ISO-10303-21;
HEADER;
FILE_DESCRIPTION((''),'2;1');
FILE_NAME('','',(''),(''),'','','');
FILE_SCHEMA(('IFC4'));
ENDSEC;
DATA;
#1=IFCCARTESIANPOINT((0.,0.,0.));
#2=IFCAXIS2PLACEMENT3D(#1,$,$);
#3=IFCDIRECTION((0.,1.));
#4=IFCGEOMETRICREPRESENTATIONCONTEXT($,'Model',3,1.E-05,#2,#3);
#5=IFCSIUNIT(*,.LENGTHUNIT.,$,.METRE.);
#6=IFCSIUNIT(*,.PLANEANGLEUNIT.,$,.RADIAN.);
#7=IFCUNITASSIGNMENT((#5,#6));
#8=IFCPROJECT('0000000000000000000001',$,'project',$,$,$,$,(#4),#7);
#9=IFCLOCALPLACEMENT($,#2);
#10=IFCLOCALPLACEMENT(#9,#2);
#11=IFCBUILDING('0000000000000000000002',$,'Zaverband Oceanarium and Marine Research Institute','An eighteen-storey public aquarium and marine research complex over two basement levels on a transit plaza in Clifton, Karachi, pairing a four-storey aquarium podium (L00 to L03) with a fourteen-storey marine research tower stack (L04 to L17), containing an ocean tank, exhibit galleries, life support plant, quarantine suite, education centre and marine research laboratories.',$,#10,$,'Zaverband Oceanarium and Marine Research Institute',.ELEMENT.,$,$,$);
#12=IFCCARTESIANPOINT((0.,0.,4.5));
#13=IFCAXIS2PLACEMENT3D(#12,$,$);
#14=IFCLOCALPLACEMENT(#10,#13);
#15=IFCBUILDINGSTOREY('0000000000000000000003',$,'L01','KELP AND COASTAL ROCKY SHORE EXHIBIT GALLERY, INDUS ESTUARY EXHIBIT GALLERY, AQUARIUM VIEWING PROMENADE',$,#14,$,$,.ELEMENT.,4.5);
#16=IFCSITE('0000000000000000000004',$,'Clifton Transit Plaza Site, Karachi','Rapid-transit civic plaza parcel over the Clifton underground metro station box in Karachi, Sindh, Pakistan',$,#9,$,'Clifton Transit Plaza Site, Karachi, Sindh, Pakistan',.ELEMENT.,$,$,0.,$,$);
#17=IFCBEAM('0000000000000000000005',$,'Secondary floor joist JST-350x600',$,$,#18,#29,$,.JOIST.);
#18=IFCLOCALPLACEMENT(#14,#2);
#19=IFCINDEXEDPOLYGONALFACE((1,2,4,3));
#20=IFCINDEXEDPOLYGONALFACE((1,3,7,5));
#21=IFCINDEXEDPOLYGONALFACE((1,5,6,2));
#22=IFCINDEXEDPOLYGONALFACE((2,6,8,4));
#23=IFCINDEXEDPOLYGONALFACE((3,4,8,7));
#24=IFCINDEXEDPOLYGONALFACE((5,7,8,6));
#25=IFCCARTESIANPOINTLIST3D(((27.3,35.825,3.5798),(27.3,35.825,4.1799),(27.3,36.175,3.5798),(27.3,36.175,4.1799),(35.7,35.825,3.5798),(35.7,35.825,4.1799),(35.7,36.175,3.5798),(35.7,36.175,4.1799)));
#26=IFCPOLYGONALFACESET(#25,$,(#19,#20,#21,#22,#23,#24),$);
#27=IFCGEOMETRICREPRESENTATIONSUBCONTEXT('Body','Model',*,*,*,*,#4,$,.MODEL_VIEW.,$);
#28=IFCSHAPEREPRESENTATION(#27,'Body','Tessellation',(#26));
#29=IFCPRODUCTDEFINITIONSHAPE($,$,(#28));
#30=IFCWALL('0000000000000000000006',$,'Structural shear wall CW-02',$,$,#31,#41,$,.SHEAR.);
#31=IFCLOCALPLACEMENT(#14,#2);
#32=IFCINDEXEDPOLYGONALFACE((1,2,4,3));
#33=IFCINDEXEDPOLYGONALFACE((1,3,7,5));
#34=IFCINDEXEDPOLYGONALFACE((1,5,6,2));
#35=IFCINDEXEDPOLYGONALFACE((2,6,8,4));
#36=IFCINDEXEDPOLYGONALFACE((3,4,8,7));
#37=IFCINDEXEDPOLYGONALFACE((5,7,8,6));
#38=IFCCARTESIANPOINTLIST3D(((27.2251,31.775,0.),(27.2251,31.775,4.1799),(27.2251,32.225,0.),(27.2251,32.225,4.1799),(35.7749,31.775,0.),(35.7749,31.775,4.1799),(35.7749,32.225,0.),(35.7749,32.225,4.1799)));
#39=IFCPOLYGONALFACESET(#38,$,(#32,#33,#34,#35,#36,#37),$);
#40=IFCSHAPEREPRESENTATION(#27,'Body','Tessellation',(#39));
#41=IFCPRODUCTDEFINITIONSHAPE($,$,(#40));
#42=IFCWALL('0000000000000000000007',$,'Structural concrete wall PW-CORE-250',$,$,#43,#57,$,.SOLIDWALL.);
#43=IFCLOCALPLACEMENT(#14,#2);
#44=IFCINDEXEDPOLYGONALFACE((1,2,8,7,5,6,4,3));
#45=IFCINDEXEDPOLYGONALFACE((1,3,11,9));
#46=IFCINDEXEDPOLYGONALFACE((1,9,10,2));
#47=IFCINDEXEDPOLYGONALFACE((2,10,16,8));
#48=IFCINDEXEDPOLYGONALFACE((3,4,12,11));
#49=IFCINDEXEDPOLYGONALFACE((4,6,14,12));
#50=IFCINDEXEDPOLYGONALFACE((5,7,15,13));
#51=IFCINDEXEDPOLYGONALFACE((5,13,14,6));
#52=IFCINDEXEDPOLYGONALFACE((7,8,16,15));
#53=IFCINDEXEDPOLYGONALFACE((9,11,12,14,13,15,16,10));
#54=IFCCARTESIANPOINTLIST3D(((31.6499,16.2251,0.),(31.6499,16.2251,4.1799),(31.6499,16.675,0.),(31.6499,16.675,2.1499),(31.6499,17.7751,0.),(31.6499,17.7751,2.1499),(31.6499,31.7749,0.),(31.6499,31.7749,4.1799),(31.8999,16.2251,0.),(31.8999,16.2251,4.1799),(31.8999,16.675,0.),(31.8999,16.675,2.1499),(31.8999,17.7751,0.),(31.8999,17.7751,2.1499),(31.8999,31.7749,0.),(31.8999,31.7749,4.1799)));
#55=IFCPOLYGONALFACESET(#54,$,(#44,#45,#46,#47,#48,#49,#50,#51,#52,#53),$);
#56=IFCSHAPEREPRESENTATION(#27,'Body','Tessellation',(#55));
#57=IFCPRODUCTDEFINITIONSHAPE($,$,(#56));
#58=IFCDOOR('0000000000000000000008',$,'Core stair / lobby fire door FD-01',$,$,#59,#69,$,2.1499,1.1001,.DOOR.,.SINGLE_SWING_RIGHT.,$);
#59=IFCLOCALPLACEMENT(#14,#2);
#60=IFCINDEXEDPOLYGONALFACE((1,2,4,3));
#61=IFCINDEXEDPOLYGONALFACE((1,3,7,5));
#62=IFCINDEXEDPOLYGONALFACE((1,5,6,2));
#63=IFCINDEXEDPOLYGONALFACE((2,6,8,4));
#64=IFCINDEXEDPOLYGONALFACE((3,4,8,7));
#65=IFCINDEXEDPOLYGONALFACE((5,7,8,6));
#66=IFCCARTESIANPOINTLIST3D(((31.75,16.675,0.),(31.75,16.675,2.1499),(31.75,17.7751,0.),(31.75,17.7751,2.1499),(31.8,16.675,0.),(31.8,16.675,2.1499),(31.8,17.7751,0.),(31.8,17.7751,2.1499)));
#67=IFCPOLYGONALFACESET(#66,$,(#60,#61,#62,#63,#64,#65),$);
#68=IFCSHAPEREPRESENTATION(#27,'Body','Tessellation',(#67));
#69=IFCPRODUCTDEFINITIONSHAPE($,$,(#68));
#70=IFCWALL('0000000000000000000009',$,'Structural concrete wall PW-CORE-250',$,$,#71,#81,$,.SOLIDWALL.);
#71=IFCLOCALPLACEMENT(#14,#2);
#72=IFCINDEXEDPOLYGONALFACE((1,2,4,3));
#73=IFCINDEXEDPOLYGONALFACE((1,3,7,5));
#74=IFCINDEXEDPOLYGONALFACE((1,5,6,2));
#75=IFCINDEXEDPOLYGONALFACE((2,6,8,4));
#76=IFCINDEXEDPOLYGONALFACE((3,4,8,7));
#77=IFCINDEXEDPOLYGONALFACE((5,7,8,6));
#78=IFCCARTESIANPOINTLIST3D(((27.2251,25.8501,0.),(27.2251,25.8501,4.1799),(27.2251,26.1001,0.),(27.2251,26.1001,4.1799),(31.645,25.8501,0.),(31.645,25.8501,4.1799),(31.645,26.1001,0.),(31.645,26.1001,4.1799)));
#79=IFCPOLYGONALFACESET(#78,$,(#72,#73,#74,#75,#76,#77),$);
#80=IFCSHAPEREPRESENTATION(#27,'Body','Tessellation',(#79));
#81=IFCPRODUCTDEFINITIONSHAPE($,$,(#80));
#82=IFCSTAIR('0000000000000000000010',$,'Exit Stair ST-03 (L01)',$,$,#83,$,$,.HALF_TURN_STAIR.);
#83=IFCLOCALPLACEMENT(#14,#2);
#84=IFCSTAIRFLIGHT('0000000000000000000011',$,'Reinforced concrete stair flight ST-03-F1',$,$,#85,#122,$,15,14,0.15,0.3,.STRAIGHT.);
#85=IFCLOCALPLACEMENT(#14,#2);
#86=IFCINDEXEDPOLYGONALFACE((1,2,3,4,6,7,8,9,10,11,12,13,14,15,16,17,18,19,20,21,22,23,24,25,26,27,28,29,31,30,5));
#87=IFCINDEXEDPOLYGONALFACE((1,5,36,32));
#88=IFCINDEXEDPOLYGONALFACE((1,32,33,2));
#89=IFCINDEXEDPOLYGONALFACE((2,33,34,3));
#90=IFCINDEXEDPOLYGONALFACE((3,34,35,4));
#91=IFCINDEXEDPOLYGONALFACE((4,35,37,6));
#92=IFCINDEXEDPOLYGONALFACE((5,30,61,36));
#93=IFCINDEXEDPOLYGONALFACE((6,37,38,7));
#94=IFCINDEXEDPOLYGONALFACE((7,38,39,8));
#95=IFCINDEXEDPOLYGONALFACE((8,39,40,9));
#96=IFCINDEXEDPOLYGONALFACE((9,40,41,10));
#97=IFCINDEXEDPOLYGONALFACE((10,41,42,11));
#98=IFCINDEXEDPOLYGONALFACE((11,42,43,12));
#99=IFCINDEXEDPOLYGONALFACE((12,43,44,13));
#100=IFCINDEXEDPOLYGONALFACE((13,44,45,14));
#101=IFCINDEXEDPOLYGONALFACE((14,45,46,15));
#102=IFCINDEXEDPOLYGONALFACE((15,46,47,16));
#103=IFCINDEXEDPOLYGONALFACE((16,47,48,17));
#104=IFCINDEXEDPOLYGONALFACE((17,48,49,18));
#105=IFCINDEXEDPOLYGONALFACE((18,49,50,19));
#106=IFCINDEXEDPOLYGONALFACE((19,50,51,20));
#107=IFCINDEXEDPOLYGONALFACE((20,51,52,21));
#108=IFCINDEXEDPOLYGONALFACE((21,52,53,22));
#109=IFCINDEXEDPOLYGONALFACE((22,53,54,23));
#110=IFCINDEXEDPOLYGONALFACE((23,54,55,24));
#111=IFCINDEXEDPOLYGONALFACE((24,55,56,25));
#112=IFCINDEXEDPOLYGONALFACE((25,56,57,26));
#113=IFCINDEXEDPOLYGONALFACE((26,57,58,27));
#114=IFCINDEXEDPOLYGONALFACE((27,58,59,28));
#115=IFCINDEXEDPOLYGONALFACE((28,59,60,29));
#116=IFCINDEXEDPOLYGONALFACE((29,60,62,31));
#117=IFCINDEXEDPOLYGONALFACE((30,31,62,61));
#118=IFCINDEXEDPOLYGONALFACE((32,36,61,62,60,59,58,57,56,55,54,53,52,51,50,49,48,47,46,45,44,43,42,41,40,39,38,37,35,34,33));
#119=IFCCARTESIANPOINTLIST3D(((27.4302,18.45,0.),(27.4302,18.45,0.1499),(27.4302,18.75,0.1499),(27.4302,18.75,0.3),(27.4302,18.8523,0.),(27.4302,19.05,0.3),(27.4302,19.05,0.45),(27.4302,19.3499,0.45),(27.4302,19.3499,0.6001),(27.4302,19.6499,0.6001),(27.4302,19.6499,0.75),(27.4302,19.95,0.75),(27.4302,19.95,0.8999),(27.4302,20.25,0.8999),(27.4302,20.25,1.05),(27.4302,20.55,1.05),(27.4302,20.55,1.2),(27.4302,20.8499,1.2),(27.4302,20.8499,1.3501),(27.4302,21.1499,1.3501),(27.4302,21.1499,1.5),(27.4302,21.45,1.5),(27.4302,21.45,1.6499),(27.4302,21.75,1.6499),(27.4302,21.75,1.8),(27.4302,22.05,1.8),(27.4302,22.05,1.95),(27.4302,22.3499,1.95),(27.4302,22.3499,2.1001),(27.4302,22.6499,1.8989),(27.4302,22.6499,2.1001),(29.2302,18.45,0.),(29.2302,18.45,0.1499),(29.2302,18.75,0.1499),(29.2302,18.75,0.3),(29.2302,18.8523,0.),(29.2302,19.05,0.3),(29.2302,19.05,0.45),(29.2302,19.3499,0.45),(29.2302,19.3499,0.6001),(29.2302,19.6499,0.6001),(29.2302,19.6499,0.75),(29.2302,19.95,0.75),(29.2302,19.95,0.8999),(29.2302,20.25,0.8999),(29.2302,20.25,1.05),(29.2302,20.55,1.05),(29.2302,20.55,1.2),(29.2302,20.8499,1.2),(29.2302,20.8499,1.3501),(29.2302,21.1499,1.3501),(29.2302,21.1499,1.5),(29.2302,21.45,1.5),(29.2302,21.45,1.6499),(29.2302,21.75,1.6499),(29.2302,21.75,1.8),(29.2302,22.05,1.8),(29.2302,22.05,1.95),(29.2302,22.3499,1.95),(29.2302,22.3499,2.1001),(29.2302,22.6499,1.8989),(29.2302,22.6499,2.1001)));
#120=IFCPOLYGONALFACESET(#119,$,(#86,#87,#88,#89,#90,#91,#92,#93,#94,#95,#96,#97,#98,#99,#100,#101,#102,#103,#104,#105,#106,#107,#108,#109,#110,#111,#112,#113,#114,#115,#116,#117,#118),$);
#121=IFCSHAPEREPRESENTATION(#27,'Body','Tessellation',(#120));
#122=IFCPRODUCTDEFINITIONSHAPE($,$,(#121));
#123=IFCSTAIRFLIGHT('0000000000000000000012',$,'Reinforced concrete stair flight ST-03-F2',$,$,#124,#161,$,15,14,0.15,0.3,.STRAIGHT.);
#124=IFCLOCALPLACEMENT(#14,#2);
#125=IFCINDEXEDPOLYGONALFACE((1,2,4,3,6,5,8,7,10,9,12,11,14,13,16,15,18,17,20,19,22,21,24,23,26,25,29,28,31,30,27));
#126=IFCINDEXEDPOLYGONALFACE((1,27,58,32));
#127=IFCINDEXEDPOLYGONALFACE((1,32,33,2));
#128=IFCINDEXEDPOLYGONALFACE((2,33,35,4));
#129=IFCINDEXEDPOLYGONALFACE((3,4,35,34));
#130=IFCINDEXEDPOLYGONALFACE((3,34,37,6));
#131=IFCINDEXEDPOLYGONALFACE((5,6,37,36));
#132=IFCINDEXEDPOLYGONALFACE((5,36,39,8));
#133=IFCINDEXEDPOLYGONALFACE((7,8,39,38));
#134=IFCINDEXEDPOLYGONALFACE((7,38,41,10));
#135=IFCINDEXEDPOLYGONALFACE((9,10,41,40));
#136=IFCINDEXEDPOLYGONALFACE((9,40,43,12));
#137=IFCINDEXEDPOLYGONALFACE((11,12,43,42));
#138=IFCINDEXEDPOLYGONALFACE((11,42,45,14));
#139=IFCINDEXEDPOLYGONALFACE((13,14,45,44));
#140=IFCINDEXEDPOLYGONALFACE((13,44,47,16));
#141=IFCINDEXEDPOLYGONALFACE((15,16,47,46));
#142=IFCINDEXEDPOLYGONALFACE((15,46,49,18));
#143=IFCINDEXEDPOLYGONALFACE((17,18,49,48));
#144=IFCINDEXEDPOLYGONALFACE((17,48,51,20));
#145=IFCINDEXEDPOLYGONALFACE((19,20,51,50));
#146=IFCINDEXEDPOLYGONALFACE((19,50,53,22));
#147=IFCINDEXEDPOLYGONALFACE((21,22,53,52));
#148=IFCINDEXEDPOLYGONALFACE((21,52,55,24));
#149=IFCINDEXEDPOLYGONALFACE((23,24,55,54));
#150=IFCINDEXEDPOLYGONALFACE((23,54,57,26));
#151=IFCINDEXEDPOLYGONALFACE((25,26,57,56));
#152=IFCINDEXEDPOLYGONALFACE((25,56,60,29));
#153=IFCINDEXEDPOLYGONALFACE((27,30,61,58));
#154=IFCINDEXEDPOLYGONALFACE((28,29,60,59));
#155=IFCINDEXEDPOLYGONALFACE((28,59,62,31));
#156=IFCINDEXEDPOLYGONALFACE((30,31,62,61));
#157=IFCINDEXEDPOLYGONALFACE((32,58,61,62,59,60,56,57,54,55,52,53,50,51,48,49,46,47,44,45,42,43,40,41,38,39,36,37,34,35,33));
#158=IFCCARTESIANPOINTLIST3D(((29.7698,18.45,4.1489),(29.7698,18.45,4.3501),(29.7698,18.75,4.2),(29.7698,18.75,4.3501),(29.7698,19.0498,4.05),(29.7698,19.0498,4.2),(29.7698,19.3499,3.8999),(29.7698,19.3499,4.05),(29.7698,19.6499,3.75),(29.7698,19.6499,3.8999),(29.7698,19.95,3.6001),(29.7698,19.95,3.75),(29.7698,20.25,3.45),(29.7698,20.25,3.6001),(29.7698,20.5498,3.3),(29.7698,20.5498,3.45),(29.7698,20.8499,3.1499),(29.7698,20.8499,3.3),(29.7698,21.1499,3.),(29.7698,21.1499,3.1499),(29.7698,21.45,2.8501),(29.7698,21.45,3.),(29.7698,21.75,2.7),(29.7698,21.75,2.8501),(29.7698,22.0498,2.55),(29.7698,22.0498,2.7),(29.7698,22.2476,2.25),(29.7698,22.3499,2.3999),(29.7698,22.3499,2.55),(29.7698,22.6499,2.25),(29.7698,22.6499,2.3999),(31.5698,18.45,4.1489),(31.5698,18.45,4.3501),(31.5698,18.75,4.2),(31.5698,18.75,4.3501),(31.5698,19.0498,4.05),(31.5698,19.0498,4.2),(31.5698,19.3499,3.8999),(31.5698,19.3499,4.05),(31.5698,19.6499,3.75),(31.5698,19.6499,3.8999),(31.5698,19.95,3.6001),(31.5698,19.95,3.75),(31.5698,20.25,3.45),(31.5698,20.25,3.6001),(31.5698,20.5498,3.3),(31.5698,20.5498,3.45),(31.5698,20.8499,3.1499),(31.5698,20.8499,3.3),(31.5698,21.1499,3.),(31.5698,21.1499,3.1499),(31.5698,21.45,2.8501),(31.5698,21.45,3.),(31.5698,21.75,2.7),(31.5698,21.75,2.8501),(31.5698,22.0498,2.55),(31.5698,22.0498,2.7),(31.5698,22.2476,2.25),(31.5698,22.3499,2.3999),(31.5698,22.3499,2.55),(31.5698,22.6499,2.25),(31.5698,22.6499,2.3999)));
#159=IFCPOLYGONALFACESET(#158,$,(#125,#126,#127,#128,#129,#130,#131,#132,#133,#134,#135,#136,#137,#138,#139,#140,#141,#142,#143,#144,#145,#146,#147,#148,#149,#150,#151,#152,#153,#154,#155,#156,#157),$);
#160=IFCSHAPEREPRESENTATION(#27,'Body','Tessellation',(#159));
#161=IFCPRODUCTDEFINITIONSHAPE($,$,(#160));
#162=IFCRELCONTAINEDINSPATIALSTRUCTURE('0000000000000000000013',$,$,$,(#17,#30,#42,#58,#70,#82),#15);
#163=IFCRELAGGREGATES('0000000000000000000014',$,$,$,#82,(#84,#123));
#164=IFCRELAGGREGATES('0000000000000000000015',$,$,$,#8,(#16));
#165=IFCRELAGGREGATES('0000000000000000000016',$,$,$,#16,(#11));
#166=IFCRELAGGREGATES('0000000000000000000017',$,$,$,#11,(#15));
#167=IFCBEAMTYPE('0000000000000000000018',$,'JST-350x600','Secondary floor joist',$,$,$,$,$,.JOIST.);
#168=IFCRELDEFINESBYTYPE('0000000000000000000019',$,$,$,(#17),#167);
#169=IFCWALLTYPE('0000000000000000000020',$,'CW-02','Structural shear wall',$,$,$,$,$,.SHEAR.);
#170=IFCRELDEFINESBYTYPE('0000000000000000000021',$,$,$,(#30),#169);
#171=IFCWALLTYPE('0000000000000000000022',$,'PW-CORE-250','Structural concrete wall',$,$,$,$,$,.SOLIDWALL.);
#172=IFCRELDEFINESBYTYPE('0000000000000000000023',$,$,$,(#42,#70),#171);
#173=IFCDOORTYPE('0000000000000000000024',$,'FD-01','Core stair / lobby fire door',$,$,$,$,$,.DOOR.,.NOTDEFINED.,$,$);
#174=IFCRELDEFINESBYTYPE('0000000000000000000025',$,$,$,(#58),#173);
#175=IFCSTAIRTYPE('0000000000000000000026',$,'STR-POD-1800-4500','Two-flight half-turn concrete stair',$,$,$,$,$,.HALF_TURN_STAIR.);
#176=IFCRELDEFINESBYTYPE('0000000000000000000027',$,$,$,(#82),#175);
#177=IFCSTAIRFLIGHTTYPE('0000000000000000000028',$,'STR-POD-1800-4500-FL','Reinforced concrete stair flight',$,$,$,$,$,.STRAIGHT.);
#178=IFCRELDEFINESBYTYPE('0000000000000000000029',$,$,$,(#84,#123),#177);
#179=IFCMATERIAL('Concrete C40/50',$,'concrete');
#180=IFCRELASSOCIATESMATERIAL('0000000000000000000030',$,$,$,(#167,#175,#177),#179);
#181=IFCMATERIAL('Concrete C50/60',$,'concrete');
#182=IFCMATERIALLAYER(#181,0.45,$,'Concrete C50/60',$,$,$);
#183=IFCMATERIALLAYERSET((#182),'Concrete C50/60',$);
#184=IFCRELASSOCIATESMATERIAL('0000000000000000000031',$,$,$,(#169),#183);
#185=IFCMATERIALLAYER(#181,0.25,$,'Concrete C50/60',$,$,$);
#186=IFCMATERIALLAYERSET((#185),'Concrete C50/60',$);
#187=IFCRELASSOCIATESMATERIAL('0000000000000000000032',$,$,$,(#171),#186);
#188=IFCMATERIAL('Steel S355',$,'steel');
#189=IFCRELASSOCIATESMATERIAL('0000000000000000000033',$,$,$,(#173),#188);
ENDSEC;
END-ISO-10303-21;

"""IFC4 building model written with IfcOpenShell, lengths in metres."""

from ifc_helpers import new_model, si_unit, direction, frame, frame_2d, origin, origin_2d, place, context, subcontext, project, spatial, polyline, rectangle, outline, extrude, material, layer, layer_set, material_profile, profile_set, type_object, element, fill, aggregate, save


model = new_model("IFC4")

# Units and contexts
model_context = context("Model", 3, precision=1e-05, world=origin(), true_north=direction((0.0, 1.0)))
body_context = subcontext(model_context, "Body", "Model", "MODEL_VIEW")
ifc_project = project(units=[si_unit("LENGTHUNIT", "METRE"), si_unit("PLANEANGLEUNIT", "RADIAN")], contexts=[model_context])

# Site, building, storey
site_placement = place(None, origin())
site = spatial("IfcSite", under=ifc_project, at=site_placement, Name="Clifton Transit Plaza Site, Karachi", Description="Rapid-transit civic plaza parcel over the Clifton underground metro station box in Karachi, Sindh, Pakistan", LongName="Clifton Transit Plaza Site, Karachi, Sindh, Pakistan", CompositionType="ELEMENT", RefElevation=0.0)
building_placement = place(site_placement, origin())
building = spatial("IfcBuilding", under=site, at=building_placement, Name="Zaverband Oceanarium and Marine Research Institute", Description="An eighteen-storey public aquarium and marine research complex over two basement levels on a transit plaza in Clifton, Karachi, pairing a four-storey aquarium podium (L00 to L03) with a fourteen-storey marine research tower stack (L04 to L17), containing an ocean tank, exhibit galleries, life support plant, quarantine suite, education centre and marine research laboratories.", LongName="Zaverband Oceanarium and Marine Research Institute", CompositionType="ELEMENT")
storey_placement = place(building_placement, frame((0.0, 0.0, 4.5)))
storey = spatial("IfcBuildingStorey", under=building, at=storey_placement, Name="L01", Description="KELP AND COASTAL ROCKY SHORE EXHIBIT GALLERY, INDUS ESTUARY EXHIBIT GALLERY, AQUARIUM VIEWING PROMENADE", CompositionType="ELEMENT", Elevation=4.5)

# Shared definitions
ifc_material_1 = material(Name="Concrete C50/60", Category="concrete")

# Beam
ifc_material_2 = material(Name="Concrete C40/50", Category="concrete")
ifc_material_profile_1 = material_profile(ifc_material_2, rectangle(XDim=0.3501, YDim=0.6001, at=origin_2d()), Name="RC350x600")
ifc_profile_set_1 = profile_set([ifc_material_profile_1], Name="Concrete C40/50")
beam_type_1 = type_object("IfcBeamType", Name="JST-350x600", Description="Secondary floor joist", PredefinedType="JOIST", material=ifc_profile_set_1)
for number, where, z_axis, x_axis, name in (
    (1, (27.3, 36.0, 3.8799), (1.0, 0.0, 0.0), (0.0, 1.0, 0.0), "Secondary floor joist JST-350x600"),
):
    element("IfcBeam", number, at=place(storey_placement, frame(where, z_axis=z_axis, x_axis=x_axis)), inside=storey, type_object=beam_type_1, Name=name, PredefinedType="JOIST", context=body_context, shape_type="SweptSolid", body=[
        extrude(rectangle(XDim=0.3501, YDim=0.6001, at=origin_2d()), origin(), (0.0, 0.0, 1.0), 8.3999),
    ])

# Wall
ifc_layer_1 = layer(ifc_material_1, 0.45, Name="Concrete C50/60")
ifc_layer_set_1 = layer_set([ifc_layer_1], Name="Concrete C50/60")
wall_type_1 = type_object("IfcWallType", Name="CW-02", Description="Structural shear wall", PredefinedType="SHEAR", material=ifc_layer_set_1)
wall_1_placement = place(storey_placement, frame((27.2251, 32.0, 0.0), z_axis=(0.0, 0.0, 1.0), x_axis=(1.0, 0.0, 0.0)))
element("IfcWall", 2, at=wall_1_placement, inside=storey, type_object=wall_type_1, Name="Structural shear wall CW-02", PredefinedType="SHEAR", context=body_context, shape_type="SweptSolid", body=[
    extrude(rectangle(XDim=8.5498, YDim=0.45, at=frame_2d((4.2749, 0.0))), origin(), (0.0, 0.0, 1.0), 4.1799),
])

# Wall, opening, door
ifc_layer_2 = layer(ifc_material_1, 0.25, Name="Concrete C50/60")
ifc_layer_set_2 = layer_set([ifc_layer_2], Name="Concrete C50/60")
wall_type_2 = type_object("IfcWallType", Name="PW-CORE-250", Description="Structural concrete wall", PredefinedType="SOLIDWALL", material=ifc_layer_set_2)
wall_2_placement = place(storey_placement, frame((31.7749, 16.2251, 0.0), z_axis=(0.0, 0.0, 1.0), x_axis=(0.0, 1.0, 0.0)))
wall_2 = element("IfcWall", 3, at=wall_2_placement, inside=storey, type_object=wall_type_2, Name="Structural concrete wall PW-CORE-250", PredefinedType="SOLIDWALL", context=body_context, shape_type="SweptSolid", body=[
    extrude(rectangle(XDim=15.5498, YDim=0.25, at=frame_2d((7.7749, 0.0))), origin(), (0.0, 0.0, 1.0), 4.1799),
])
opening_1_placement = place(wall_2_placement, frame((0.45, 0.0, 0.0)))
opening_1 = element("IfcOpeningElement", 4, at=opening_1_placement, cuts=wall_2, PredefinedType="OPENING", context=body_context, shape_type="SweptSolid", body=[
    extrude(rectangle(XDim=1.1001, YDim=2.1499, at=frame_2d((0.55, 1.075))), frame((0.0, 0.137, 0.0), z_axis=(0.0, -1.0, 0.0), x_axis=(1.0, 0.0, 0.0)), (0.0, 0.0, 1.0), 0.2739),
])
ifc_material_3 = material(Name="Steel S355", Category="steel")
door_type_1 = type_object("IfcDoorType", Name="FD-01", Description="Core stair / lobby fire door", OperationType="NOTDEFINED", PredefinedType="DOOR", material=ifc_material_3)
door_1_placement = place(opening_1_placement, origin())
door_1 = element("IfcDoor", 5, at=door_1_placement, inside=storey, type_object=door_type_1, Name="Core stair / lobby fire door FD-01", OperationType="SINGLE_SWING_RIGHT", OverallHeight=2.1499, OverallWidth=1.1001, PredefinedType="DOOR", context=body_context, shape_type="SweptSolid", body=[
    extrude(rectangle(XDim=1.1001, YDim=2.1499, at=frame_2d((0.55, 1.075))), frame((0.0, 0.0249, 0.0), z_axis=(0.0, -1.0, 0.0), x_axis=(1.0, 0.0, 0.0)), (0.0, 0.0, 1.0), 0.05),
])
fill(opening_1, door_1)

# Wall
wall_3_placement = place(storey_placement, frame((27.2251, 25.9751, 0.0), z_axis=(0.0, 0.0, 1.0), x_axis=(1.0, 0.0, 0.0)))
element("IfcWall", 6, at=wall_3_placement, inside=storey, type_object=wall_type_2, Name="Structural concrete wall PW-CORE-250", PredefinedType="SOLIDWALL", context=body_context, shape_type="SweptSolid", body=[
    extrude(rectangle(XDim=4.4199, YDim=0.25, at=frame_2d((2.21, 0.0))), origin(), (0.0, 0.0, 1.0), 4.1799),
])

# Stair, stair flights
stair_type = type_object("IfcStairType", Name="STR-POD-1800-4500", Description="Two-flight half-turn concrete stair", PredefinedType="HALF_TURN_STAIR", material=ifc_material_2)
stair_placement = place(storey_placement, origin())
stair = element("IfcStair", 7, at=stair_placement, inside=storey, type_object=stair_type, Name="Exit Stair ST-03 (L01)", PredefinedType="HALF_TURN_STAIR")
stair_flight_type = type_object("IfcStairFlightType", Name="STR-POD-1800-4500-FL", Description="Reinforced concrete stair flight", PredefinedType="STRAIGHT", material=ifc_material_2)
stair_flight_1_placement = place(storey_placement, frame((28.3301, 18.45, 0.0), z_axis=(0.0, 0.0, 1.0), x_axis=(0.0, 1.0, 0.0)))
stair_flight_1 = element("IfcStairFlight", 8, at=stair_flight_1_placement, type_object=stair_flight_type, Name="Reinforced concrete stair flight ST-03-F1", NumberOfRisers=15, NumberOfTreads=14, PredefinedType="STRAIGHT", RiserHeight=0.15, TreadLength=0.3, context=body_context, shape_type="SweptSolid", body=[
    extrude(outline(polyline([(0.0, 0.0), (0.0, 0.1499), (0.3, 0.1499), (0.3, 0.3), (0.6001, 0.3), (0.6001, 0.45), (0.8999, 0.45), (0.8999, 0.6001), (1.2, 0.6001), (1.2, 0.75), (1.5, 0.75), (1.5, 0.8999), (1.8, 0.8999), (1.8, 1.05), (2.1001, 1.05), (2.1001, 1.2), (2.3999, 1.2), (2.3999, 1.3501), (2.7, 1.3501), (2.7, 1.5), (3.0, 1.5), (3.0, 1.6499), (3.3, 1.6499), (3.3, 1.8), (3.6001, 1.8), (3.6001, 1.95), (3.8999, 1.95), (3.8999, 2.1001), (4.2, 2.1001), (4.2, 2.25), (4.2, 1.8989), (0.4023, 0.0), (0.0, 0.0)])), frame((0.0, 0.8999, 0.0), z_axis=(0.0, -1.0, 0.0), x_axis=(1.0, 0.0, 0.0)), (0.0, 0.0, 1.0), 1.8),
])
stair_flight_2_placement = place(storey_placement, frame((30.6699, 22.6499, 2.25), z_axis=(0.0, 0.0, 1.0), x_axis=(0.0, -1.0, 0.0)))
stair_flight_2 = element("IfcStairFlight", 9, at=stair_flight_2_placement, type_object=stair_flight_type, Name="Reinforced concrete stair flight ST-03-F2", NumberOfRisers=15, NumberOfTreads=14, PredefinedType="STRAIGHT", RiserHeight=0.15, TreadLength=0.3, context=body_context, shape_type="SweptSolid", body=[
    extrude(outline(polyline([(0.0, 0.0), (0.0, 0.1499), (0.3, 0.1499), (0.3, 0.3), (0.6001, 0.3), (0.6001, 0.45), (0.8999, 0.45), (0.8999, 0.6001), (1.2, 0.6001), (1.2, 0.75), (1.5, 0.75), (1.5, 0.8999), (1.8, 0.8999), (1.8, 1.05), (2.1001, 1.05), (2.1001, 1.2), (2.3999, 1.2), (2.3999, 1.3501), (2.7, 1.3501), (2.7, 1.5), (3.0, 1.5), (3.0, 1.6499), (3.3, 1.6499), (3.3, 1.8), (3.6001, 1.8), (3.6001, 1.95), (3.8999, 1.95), (3.8999, 2.1001), (4.2, 2.1001), (4.2, 2.25), (4.2, 1.8989), (0.4023, 0.0), (0.0, 0.0)])), frame((0.0, 0.8999, 0.0), z_axis=(0.0, -1.0, 0.0), x_axis=(1.0, 0.0, 0.0)), (0.0, 0.0, 1.0), 1.8),
])
aggregate(stair, [stair_flight_1, stair_flight_2])

save(model, "model.ifc")
